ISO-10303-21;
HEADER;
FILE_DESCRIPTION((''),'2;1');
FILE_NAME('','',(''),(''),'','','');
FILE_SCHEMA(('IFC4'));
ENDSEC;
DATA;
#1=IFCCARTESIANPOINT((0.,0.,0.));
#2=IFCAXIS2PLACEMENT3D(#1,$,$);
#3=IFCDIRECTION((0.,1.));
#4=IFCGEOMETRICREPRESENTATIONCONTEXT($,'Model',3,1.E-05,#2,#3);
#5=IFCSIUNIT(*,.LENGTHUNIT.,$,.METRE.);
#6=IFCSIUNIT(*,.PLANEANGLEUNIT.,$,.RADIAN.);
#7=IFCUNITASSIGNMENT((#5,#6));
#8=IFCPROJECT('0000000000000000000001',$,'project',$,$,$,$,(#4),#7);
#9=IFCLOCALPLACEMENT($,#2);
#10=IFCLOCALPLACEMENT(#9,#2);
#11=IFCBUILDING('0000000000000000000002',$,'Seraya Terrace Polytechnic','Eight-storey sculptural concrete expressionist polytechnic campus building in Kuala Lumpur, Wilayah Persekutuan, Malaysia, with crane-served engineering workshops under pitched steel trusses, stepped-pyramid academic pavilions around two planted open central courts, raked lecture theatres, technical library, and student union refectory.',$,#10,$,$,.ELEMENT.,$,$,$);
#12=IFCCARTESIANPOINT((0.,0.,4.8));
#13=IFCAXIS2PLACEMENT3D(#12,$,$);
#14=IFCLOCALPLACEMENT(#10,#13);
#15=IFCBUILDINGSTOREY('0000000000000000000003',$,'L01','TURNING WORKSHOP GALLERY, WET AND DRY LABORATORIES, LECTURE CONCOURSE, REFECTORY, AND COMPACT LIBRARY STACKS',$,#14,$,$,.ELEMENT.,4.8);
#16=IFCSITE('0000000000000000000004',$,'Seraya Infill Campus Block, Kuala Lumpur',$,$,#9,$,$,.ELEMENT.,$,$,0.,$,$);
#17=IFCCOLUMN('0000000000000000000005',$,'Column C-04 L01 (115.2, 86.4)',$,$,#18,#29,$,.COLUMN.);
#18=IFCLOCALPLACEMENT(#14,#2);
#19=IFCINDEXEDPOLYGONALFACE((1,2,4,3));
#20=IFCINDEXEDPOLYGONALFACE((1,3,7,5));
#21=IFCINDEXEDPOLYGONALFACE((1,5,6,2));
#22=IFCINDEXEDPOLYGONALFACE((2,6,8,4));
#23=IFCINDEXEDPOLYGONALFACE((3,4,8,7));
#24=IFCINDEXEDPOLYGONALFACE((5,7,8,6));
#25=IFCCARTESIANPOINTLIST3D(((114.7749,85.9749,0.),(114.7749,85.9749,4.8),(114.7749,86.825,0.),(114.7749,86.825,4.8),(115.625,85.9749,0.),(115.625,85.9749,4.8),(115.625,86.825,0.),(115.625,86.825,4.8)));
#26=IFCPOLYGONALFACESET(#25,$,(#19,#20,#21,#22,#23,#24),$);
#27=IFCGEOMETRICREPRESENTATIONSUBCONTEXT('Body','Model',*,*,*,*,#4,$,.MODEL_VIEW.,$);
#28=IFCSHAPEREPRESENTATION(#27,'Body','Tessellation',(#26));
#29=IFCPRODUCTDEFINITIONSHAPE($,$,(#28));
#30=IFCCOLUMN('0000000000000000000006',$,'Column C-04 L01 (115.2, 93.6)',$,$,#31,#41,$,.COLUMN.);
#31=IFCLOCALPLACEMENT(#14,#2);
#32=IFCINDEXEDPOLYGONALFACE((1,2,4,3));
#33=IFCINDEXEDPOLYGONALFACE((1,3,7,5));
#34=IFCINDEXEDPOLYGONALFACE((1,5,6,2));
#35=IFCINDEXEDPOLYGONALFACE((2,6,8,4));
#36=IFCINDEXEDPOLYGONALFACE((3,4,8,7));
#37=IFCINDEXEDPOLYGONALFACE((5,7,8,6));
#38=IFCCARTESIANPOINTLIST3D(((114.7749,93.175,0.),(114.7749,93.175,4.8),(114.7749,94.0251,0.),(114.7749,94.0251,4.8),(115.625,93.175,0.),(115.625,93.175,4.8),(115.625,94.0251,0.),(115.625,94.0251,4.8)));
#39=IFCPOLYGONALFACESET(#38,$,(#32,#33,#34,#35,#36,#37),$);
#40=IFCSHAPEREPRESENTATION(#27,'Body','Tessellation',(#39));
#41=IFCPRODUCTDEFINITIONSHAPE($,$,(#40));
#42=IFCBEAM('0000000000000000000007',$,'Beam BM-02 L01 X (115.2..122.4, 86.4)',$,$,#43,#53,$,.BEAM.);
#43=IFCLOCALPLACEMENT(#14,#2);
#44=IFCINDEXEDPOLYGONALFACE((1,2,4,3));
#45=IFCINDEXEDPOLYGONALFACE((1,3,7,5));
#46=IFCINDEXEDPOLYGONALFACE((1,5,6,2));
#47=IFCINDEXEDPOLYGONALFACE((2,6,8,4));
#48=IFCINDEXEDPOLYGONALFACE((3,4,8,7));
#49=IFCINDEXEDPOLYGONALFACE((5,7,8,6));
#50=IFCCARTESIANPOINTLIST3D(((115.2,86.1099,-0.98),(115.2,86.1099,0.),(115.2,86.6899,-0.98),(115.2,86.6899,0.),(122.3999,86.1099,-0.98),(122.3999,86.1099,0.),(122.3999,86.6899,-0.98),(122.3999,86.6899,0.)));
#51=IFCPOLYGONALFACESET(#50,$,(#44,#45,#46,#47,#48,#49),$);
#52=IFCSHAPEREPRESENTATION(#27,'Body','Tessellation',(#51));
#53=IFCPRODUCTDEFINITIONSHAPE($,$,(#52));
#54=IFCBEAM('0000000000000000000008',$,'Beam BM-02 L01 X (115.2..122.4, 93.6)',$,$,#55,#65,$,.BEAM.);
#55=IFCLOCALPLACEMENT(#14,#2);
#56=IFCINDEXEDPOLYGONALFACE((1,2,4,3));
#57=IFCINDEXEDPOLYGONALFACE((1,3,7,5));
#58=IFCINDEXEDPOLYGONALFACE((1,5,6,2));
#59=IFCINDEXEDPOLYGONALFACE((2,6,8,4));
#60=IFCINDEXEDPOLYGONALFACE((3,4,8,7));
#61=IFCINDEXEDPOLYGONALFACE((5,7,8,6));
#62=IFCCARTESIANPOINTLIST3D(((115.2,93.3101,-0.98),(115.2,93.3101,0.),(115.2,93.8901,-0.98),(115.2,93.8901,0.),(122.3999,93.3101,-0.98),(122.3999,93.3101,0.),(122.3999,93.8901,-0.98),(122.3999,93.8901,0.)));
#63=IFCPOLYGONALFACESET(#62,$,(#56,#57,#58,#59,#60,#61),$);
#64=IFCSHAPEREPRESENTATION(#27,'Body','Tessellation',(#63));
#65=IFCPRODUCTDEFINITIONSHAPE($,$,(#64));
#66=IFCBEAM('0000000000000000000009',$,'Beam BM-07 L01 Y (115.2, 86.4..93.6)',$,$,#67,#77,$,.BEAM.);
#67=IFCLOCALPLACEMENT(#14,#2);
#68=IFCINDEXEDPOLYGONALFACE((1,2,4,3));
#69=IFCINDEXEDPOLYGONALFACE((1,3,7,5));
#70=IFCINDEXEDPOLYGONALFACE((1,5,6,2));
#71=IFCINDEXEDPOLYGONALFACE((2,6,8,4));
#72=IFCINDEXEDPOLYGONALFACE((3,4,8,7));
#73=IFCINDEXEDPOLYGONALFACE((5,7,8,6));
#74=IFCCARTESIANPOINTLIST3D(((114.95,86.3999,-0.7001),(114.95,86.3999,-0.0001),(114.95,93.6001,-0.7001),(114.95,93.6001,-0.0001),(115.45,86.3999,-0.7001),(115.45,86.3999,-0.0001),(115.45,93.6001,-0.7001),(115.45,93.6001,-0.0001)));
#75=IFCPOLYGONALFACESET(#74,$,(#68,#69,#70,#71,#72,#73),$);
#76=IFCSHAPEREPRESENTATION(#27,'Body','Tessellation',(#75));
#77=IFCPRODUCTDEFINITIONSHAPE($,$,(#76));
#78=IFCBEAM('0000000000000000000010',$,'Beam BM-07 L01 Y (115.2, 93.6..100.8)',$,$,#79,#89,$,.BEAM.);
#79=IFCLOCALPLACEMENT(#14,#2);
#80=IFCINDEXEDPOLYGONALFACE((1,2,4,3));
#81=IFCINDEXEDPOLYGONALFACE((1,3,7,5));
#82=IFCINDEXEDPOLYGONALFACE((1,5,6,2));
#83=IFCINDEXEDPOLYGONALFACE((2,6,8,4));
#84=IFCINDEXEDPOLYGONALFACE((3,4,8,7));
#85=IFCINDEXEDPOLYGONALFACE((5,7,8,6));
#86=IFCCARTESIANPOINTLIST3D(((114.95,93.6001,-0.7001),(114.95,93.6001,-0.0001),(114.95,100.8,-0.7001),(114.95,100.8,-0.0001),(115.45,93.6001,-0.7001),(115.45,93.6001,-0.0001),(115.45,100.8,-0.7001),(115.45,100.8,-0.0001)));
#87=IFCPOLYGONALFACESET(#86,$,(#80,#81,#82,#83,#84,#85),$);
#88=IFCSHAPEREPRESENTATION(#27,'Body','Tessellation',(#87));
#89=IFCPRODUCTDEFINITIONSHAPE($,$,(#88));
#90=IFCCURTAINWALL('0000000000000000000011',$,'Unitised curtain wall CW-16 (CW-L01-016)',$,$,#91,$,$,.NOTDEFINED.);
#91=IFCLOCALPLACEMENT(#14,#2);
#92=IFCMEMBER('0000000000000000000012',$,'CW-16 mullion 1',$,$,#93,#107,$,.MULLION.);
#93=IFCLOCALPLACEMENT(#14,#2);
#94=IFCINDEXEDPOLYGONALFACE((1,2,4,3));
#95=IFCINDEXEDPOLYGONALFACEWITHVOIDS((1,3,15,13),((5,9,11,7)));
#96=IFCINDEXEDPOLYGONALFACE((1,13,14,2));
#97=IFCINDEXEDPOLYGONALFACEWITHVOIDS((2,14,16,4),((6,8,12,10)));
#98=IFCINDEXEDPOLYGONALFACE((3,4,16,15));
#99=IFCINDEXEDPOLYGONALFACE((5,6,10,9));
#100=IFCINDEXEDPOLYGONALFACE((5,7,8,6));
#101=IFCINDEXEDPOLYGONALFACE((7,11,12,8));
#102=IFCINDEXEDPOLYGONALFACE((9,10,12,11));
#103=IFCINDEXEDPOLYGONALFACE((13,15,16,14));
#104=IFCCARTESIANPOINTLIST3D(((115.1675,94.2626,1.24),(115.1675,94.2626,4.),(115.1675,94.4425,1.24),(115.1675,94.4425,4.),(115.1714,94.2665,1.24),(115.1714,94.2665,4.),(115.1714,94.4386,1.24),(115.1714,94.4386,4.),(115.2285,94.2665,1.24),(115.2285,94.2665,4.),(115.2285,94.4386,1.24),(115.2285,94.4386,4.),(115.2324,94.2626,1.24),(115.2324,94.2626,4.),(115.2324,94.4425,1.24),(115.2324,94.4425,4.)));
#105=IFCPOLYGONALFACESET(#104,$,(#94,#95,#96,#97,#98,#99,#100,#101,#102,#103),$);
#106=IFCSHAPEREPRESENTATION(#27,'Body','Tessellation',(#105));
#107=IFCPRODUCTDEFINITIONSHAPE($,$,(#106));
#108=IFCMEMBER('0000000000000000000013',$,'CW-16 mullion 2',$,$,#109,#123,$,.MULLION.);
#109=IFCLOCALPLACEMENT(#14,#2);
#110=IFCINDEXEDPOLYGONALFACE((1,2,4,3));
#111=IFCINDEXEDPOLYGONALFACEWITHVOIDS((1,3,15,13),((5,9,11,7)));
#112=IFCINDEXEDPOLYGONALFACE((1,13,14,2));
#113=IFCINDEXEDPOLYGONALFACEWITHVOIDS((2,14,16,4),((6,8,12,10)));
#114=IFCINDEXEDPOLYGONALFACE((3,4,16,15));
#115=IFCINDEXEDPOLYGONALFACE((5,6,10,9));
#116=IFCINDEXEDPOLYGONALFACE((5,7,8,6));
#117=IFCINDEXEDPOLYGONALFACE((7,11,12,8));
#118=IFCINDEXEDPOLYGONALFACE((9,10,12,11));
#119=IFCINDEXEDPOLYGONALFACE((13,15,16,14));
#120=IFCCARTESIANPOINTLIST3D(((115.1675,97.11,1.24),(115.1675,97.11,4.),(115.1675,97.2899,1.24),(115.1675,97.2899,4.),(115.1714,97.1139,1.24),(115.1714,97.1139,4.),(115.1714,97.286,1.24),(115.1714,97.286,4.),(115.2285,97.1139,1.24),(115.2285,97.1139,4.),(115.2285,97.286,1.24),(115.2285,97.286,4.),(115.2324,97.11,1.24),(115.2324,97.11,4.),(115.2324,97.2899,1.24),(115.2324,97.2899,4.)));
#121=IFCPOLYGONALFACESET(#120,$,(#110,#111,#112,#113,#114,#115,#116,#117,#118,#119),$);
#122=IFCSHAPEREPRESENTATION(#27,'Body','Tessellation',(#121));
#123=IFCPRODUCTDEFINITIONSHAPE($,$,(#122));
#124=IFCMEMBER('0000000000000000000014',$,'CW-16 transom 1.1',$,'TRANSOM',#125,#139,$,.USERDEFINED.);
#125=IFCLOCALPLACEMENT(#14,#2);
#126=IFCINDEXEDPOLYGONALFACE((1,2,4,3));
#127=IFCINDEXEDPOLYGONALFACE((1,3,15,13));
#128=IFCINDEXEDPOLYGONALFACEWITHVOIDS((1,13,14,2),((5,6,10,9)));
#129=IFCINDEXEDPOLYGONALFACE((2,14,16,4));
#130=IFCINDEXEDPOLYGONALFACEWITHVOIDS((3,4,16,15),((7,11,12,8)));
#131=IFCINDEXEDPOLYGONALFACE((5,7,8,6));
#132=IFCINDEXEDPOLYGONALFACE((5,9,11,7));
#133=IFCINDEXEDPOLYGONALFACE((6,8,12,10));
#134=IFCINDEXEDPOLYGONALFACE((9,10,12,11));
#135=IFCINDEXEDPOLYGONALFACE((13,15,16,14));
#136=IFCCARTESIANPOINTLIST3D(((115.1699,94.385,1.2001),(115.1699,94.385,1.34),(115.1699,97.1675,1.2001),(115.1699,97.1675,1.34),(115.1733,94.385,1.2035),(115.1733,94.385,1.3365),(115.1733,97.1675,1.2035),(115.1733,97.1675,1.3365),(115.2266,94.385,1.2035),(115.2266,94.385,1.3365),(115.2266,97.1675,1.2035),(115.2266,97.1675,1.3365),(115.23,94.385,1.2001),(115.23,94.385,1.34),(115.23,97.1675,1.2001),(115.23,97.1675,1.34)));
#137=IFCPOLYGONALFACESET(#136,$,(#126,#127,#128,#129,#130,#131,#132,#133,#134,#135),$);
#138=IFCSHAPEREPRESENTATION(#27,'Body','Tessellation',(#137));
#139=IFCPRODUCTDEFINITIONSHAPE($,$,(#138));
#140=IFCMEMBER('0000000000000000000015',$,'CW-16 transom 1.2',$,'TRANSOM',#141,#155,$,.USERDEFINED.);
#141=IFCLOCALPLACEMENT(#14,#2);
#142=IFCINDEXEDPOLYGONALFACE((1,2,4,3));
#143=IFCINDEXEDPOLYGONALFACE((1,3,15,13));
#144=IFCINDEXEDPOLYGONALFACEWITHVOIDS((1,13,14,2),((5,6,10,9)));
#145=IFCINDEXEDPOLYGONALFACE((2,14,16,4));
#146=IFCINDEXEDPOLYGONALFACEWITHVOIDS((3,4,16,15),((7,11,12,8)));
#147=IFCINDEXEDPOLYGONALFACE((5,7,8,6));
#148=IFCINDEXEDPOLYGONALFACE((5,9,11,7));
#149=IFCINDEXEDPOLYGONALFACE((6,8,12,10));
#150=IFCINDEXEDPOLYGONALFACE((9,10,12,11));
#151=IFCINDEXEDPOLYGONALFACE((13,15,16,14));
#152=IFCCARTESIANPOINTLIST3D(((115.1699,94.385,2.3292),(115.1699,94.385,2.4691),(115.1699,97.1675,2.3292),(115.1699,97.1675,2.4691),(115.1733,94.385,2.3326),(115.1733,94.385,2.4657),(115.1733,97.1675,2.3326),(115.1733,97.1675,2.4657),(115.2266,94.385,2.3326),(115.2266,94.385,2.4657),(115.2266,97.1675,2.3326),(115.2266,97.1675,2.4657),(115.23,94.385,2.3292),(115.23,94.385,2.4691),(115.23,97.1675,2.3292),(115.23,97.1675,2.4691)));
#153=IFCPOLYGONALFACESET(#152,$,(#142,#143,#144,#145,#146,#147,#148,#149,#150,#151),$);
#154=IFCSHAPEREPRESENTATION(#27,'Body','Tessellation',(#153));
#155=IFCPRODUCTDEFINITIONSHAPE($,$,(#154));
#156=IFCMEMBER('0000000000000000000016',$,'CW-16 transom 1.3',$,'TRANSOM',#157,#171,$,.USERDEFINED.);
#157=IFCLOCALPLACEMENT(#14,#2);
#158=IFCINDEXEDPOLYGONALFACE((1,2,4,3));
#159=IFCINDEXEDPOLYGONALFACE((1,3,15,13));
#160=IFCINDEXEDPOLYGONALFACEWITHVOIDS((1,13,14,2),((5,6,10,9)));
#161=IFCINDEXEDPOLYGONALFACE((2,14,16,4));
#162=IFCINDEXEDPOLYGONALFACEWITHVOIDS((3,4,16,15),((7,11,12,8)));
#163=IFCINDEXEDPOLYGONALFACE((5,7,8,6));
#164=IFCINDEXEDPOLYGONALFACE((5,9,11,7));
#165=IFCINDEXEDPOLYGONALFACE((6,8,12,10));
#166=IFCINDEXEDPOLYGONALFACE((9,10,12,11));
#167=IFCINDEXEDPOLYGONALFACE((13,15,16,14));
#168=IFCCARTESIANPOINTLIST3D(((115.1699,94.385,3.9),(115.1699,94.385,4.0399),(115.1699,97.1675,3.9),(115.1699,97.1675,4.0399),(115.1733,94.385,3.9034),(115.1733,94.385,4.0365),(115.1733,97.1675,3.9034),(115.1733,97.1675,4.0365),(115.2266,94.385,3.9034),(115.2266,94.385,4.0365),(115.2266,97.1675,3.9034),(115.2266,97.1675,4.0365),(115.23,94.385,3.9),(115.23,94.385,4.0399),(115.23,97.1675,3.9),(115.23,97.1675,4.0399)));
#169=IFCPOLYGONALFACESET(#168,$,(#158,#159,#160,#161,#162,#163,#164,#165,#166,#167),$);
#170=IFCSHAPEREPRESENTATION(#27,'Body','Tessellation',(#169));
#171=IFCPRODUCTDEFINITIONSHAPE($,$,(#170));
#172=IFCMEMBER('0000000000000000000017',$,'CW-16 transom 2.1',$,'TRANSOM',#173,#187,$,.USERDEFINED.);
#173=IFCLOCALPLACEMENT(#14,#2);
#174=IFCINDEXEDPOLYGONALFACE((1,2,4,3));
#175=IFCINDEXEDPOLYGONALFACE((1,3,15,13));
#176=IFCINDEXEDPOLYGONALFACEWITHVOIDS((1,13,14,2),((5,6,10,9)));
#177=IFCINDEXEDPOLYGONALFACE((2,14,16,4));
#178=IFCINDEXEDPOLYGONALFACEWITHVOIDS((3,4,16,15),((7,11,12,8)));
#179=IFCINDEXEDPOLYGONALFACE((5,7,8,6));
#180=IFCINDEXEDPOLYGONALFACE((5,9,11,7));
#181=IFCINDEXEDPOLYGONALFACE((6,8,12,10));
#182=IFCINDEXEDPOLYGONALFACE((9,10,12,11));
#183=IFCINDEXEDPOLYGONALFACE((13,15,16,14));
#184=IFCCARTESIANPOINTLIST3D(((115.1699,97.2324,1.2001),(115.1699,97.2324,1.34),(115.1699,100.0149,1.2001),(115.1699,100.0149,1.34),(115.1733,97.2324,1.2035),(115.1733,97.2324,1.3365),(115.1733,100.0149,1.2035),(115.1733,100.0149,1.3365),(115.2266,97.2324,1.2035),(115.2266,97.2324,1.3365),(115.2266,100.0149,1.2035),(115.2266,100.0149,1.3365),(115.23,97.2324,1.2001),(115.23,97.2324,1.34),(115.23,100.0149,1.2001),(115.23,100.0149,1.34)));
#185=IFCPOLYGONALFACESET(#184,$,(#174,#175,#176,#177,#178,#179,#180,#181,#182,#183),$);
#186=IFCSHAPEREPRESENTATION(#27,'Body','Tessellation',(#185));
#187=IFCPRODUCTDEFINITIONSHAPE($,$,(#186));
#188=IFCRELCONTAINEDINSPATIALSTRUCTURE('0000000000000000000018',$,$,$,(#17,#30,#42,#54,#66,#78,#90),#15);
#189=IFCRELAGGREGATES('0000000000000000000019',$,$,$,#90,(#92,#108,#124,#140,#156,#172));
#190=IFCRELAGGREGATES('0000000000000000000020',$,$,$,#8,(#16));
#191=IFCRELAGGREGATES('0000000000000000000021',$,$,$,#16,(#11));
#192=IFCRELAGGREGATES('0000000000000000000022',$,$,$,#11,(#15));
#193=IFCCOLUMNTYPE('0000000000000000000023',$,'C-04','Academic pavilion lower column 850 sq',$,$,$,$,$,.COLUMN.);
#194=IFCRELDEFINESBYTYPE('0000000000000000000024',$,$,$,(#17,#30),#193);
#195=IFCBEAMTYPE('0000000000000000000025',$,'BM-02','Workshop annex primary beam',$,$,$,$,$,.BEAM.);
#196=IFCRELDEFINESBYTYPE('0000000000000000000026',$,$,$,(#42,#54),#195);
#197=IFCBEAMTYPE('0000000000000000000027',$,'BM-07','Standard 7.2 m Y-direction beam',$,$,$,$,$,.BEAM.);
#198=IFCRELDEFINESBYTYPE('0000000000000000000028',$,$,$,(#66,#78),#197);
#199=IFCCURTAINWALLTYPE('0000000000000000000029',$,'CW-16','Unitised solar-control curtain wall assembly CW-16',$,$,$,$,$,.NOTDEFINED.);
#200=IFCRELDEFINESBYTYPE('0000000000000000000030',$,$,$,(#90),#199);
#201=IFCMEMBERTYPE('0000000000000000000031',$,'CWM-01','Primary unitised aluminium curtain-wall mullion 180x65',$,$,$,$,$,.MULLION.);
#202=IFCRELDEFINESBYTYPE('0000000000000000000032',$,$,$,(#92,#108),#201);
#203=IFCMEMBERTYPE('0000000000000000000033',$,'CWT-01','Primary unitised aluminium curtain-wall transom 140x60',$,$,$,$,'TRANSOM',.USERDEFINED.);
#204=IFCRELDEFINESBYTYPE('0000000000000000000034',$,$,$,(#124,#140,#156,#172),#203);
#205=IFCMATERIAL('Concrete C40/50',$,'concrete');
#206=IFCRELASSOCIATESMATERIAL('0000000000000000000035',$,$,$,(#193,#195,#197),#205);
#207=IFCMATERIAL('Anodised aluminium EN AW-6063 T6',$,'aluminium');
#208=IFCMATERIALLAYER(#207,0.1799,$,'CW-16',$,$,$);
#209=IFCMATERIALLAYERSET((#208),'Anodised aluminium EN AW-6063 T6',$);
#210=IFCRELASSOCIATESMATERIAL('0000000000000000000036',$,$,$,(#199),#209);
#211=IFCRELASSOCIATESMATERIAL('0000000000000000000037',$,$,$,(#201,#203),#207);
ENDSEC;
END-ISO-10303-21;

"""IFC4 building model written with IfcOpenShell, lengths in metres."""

from ifc_helpers import new_model, si_unit, direction, frame, origin, origin_2d, place, context, subcontext, project, spatial, rectangle, hollow_rectangle, extrude, material, layer, layer_set, material_profile, profile_set, type_object, element, aggregate, save


model = new_model("IFC4")

# Units and contexts
model_context = context("Model", 3, precision=1e-05, world=origin(), true_north=direction((0.0, 1.0)))
body_context = subcontext(model_context, "Body", "Model", "MODEL_VIEW")
ifc_project = project(units=[si_unit("LENGTHUNIT", "METRE"), si_unit("PLANEANGLEUNIT", "RADIAN")], contexts=[model_context])

# Site, building, storey
site_placement = place(None, origin())
site = spatial("IfcSite", under=ifc_project, at=site_placement, Name="Seraya Infill Campus Block, Kuala Lumpur", CompositionType="ELEMENT", RefElevation=0.0)
building_placement = place(site_placement, origin())
building = spatial("IfcBuilding", under=site, at=building_placement, Name="Seraya Terrace Polytechnic", Description="Eight-storey sculptural concrete expressionist polytechnic campus building in Kuala Lumpur, Wilayah Persekutuan, Malaysia, with crane-served engineering workshops under pitched steel trusses, stepped-pyramid academic pavilions around two planted open central courts, raked lecture theatres, technical library, and student union refectory.", CompositionType="ELEMENT")
storey_placement = place(building_placement, frame((0.0, 0.0, 4.8)))
storey = spatial("IfcBuildingStorey", under=building, at=storey_placement, Name="L01", Description="TURNING WORKSHOP GALLERY, WET AND DRY LABORATORIES, LECTURE CONCOURSE, REFECTORY, AND COMPACT LIBRARY STACKS", CompositionType="ELEMENT", Elevation=4.8)

# Columns
ifc_material_1 = material(Name="Concrete C40/50", Category="concrete")
ifc_material_profile_1 = material_profile(ifc_material_1, rectangle(XDim=0.8501, YDim=0.8501, at=origin_2d()), Name="RC 850x850")
ifc_profile_set_1 = profile_set([ifc_material_profile_1], Name="Concrete C40/50")
column_type = type_object("IfcColumnType", Name="C-04", Description="Academic pavilion lower column 850 sq", PredefinedType="COLUMN", material=ifc_profile_set_1)
for number, where, z_axis, x_axis, name in (
    (1, (115.2, 86.3999, 0.0), (0.0, 0.0, 1.0), (1.0, 0.0, 0.0), "Column C-04 L01 (115.2, 86.4)"),
    (2, (115.2, 93.6001, 0.0), (0.0, 0.0, 1.0), (1.0, 0.0, 0.0), "Column C-04 L01 (115.2, 93.6)"),
):
    element("IfcColumn", number, at=place(storey_placement, frame(where, z_axis=z_axis, x_axis=x_axis)), inside=storey, type_object=column_type, Name=name, PredefinedType="COLUMN", context=body_context, shape_type="SweptSolid", body=[
        extrude(rectangle(XDim=0.8501, YDim=0.8501, at=origin_2d()), origin(), (0.0, 0.0, 1.0), 4.8),
    ])

# Beams
ifc_material_profile_2 = material_profile(ifc_material_1, rectangle(XDim=0.5801, YDim=0.98, at=origin_2d()), Name="RC 580x980")
ifc_profile_set_2 = profile_set([ifc_material_profile_2], Name="Concrete C40/50")
beam_type_1 = type_object("IfcBeamType", Name="BM-02", Description="Workshop annex primary beam", PredefinedType="BEAM", material=ifc_profile_set_2)
for number, where, z_axis, x_axis, name in (
    (3, (115.2, 86.3999, -0.49), (1.0, 0.0, 0.0), (0.0, 1.0, 0.0), "Beam BM-02 L01 X (115.2..122.4, 86.4)"),
    (4, (115.2, 93.6001, -0.49), (1.0, 0.0, 0.0), (0.0, 1.0, 0.0), "Beam BM-02 L01 X (115.2..122.4, 93.6)"),
):
    element("IfcBeam", number, at=place(storey_placement, frame(where, z_axis=z_axis, x_axis=x_axis)), inside=storey, type_object=beam_type_1, Name=name, PredefinedType="BEAM", context=body_context, shape_type="SweptSolid", body=[
        extrude(rectangle(XDim=0.5801, YDim=0.98, at=origin_2d()), origin(), (0.0, 0.0, 1.0), 7.2),
    ])
ifc_material_profile_3 = material_profile(ifc_material_1, rectangle(XDim=0.5, YDim=0.7, at=origin_2d()), Name="RC 500x700")
ifc_profile_set_3 = profile_set([ifc_material_profile_3], Name="Concrete C40/50")
beam_type_2 = type_object("IfcBeamType", Name="BM-07", Description="Standard 7.2 m Y-direction beam", PredefinedType="BEAM", material=ifc_profile_set_3)
beam_1_placement = place(storey_placement, frame((115.2, 86.3999, -0.3501), z_axis=(0.0, 1.0, 0.0), x_axis=(-1.0, 0.0, 0.0)))
element("IfcBeam", 5, at=beam_1_placement, inside=storey, type_object=beam_type_2, Name="Beam BM-07 L01 Y (115.2, 86.4..93.6)", PredefinedType="BEAM", context=body_context, shape_type="SweptSolid", body=[
    extrude(rectangle(XDim=0.5, YDim=0.7, at=origin_2d()), origin(), (0.0, 0.0, 1.0), 7.2002),
])
beam_2_placement = place(storey_placement, frame((115.2, 93.6001, -0.3501), z_axis=(0.0, 1.0, 0.0), x_axis=(-1.0, 0.0, 0.0)))
element("IfcBeam", 6, at=beam_2_placement, inside=storey, type_object=beam_type_2, Name="Beam BM-07 L01 Y (115.2, 93.6..100.8)", PredefinedType="BEAM", context=body_context, shape_type="SweptSolid", body=[
    extrude(rectangle(XDim=0.5, YDim=0.7, at=origin_2d()), origin(), (0.0, 0.0, 1.0), 7.2),
])

# Curtain wall, members
ifc_material_2 = material(Name="Anodised aluminium EN AW-6063 T6", Category="aluminium")
ifc_layer_1 = layer(ifc_material_2, 0.1799, Name="CW-16")
ifc_layer_set_1 = layer_set([ifc_layer_1], Name="Anodised aluminium EN AW-6063 T6")
curtain_wall_type = type_object("IfcCurtainWallType", Name="CW-16", Description="Unitised solar-control curtain wall assembly CW-16", PredefinedType="NOTDEFINED", material=ifc_layer_set_1)
curtain_wall_placement = place(storey_placement, origin())
curtain_wall = element("IfcCurtainWall", 7, at=curtain_wall_placement, inside=storey, type_object=curtain_wall_type, Name="Unitised curtain wall CW-16 (CW-L01-016)", PredefinedType="NOTDEFINED")
ifc_material_profile_4 = material_profile(ifc_material_2, hollow_rectangle(XDim=0.0649, YDim=0.1799, WallThickness=0.0039, at=origin_2d()), Name="RHS 180x65x4.0")
ifc_profile_set_4 = profile_set([ifc_material_profile_4], Name="Anodised aluminium EN AW-6063 T6")
member_type_1 = type_object("IfcMemberType", Name="CWM-01", Description="Primary unitised aluminium curtain-wall mullion 180x65", PredefinedType="MULLION", material=ifc_profile_set_4)
member_1_placement = place(storey_placement, frame((115.2, 94.3525, 1.24), z_axis=(0.0, 0.0, 1.0), x_axis=(-1.0, 0.0, 0.0)))
member_1 = element("IfcMember", 8, at=member_1_placement, type_object=member_type_1, Name="CW-16 mullion 1", PredefinedType="MULLION", context=body_context, shape_type="SweptSolid", body=[
    extrude(hollow_rectangle(XDim=0.0649, YDim=0.1799, WallThickness=0.0039, at=origin_2d()), origin(), (0.0, 0.0, 1.0), 2.76),
])
member_2_placement = place(storey_placement, frame((115.2, 97.2, 1.24), z_axis=(0.0, 0.0, 1.0), x_axis=(-1.0, 0.0, 0.0)))
member_2 = element("IfcMember", 9, at=member_2_placement, type_object=member_type_1, Name="CW-16 mullion 2", PredefinedType="MULLION", context=body_context, shape_type="SweptSolid", body=[
    extrude(hollow_rectangle(XDim=0.0649, YDim=0.1799, WallThickness=0.0039, at=origin_2d()), origin(), (0.0, 0.0, 1.0), 2.76),
])
ifc_material_profile_5 = material_profile(ifc_material_2, hollow_rectangle(XDim=0.0601, YDim=0.1399, WallThickness=0.0034, at=origin_2d()), Name="RHS 140x60x3.5")
ifc_profile_set_5 = profile_set([ifc_material_profile_5], Name="Anodised aluminium EN AW-6063 T6")
member_type_2 = type_object("IfcMemberType", Name="CWT-01", Description="Primary unitised aluminium curtain-wall transom 140x60", ElementType="TRANSOM", PredefinedType="USERDEFINED", material=ifc_profile_set_5)
member_3_placement = place(storey_placement, frame((115.2, 94.385, 1.27), z_axis=(0.0, 1.0, 0.0), x_axis=(-1.0, 0.0, 0.0)))
member_3 = element("IfcMember", 10, at=member_3_placement, type_object=member_type_2, Name="CW-16 transom 1.1", ObjectType="TRANSOM", PredefinedType="USERDEFINED", context=body_context, shape_type="SweptSolid", body=[
    extrude(hollow_rectangle(XDim=0.0601, YDim=0.1399, WallThickness=0.0034, at=origin_2d()), origin(), (0.0, 0.0, 1.0), 2.7825),
])
member_4_placement = place(storey_placement, frame((115.2, 94.385, 2.3992), z_axis=(0.0, 1.0, 0.0), x_axis=(-1.0, 0.0, 0.0)))
member_4 = element("IfcMember", 11, at=member_4_placement, type_object=member_type_2, Name="CW-16 transom 1.2", ObjectType="TRANSOM", PredefinedType="USERDEFINED", context=body_context, shape_type="SweptSolid", body=[
    extrude(hollow_rectangle(XDim=0.0601, YDim=0.1399, WallThickness=0.0034, at=origin_2d()), origin(), (0.0, 0.0, 1.0), 2.7825),
])
member_5_placement = place(storey_placement, frame((115.2, 94.385, 3.97), z_axis=(0.0, 1.0, 0.0), x_axis=(-1.0, 0.0, 0.0)))
member_5 = element("IfcMember", 12, at=member_5_placement, type_object=member_type_2, Name="CW-16 transom 1.3", ObjectType="TRANSOM", PredefinedType="USERDEFINED", context=body_context, shape_type="SweptSolid", body=[
    extrude(hollow_rectangle(XDim=0.0601, YDim=0.1399, WallThickness=0.0034, at=origin_2d()), origin(), (0.0, 0.0, 1.0), 2.7825),
])
member_6_placement = place(storey_placement, frame((115.2, 97.2324, 1.27), z_axis=(0.0, 1.0, 0.0), x_axis=(-1.0, 0.0, 0.0)))
member_6 = element("IfcMember", 13, at=member_6_placement, type_object=member_type_2, Name="CW-16 transom 2.1", ObjectType="TRANSOM", PredefinedType="USERDEFINED", context=body_context, shape_type="SweptSolid", body=[
    extrude(hollow_rectangle(XDim=0.0601, YDim=0.1399, WallThickness=0.0034, at=origin_2d()), origin(), (0.0, 0.0, 1.0), 2.7825),
])
aggregate(curtain_wall, [member_1, member_2, member_3, member_4, member_5, member_6])

save(model, "model.ifc")
